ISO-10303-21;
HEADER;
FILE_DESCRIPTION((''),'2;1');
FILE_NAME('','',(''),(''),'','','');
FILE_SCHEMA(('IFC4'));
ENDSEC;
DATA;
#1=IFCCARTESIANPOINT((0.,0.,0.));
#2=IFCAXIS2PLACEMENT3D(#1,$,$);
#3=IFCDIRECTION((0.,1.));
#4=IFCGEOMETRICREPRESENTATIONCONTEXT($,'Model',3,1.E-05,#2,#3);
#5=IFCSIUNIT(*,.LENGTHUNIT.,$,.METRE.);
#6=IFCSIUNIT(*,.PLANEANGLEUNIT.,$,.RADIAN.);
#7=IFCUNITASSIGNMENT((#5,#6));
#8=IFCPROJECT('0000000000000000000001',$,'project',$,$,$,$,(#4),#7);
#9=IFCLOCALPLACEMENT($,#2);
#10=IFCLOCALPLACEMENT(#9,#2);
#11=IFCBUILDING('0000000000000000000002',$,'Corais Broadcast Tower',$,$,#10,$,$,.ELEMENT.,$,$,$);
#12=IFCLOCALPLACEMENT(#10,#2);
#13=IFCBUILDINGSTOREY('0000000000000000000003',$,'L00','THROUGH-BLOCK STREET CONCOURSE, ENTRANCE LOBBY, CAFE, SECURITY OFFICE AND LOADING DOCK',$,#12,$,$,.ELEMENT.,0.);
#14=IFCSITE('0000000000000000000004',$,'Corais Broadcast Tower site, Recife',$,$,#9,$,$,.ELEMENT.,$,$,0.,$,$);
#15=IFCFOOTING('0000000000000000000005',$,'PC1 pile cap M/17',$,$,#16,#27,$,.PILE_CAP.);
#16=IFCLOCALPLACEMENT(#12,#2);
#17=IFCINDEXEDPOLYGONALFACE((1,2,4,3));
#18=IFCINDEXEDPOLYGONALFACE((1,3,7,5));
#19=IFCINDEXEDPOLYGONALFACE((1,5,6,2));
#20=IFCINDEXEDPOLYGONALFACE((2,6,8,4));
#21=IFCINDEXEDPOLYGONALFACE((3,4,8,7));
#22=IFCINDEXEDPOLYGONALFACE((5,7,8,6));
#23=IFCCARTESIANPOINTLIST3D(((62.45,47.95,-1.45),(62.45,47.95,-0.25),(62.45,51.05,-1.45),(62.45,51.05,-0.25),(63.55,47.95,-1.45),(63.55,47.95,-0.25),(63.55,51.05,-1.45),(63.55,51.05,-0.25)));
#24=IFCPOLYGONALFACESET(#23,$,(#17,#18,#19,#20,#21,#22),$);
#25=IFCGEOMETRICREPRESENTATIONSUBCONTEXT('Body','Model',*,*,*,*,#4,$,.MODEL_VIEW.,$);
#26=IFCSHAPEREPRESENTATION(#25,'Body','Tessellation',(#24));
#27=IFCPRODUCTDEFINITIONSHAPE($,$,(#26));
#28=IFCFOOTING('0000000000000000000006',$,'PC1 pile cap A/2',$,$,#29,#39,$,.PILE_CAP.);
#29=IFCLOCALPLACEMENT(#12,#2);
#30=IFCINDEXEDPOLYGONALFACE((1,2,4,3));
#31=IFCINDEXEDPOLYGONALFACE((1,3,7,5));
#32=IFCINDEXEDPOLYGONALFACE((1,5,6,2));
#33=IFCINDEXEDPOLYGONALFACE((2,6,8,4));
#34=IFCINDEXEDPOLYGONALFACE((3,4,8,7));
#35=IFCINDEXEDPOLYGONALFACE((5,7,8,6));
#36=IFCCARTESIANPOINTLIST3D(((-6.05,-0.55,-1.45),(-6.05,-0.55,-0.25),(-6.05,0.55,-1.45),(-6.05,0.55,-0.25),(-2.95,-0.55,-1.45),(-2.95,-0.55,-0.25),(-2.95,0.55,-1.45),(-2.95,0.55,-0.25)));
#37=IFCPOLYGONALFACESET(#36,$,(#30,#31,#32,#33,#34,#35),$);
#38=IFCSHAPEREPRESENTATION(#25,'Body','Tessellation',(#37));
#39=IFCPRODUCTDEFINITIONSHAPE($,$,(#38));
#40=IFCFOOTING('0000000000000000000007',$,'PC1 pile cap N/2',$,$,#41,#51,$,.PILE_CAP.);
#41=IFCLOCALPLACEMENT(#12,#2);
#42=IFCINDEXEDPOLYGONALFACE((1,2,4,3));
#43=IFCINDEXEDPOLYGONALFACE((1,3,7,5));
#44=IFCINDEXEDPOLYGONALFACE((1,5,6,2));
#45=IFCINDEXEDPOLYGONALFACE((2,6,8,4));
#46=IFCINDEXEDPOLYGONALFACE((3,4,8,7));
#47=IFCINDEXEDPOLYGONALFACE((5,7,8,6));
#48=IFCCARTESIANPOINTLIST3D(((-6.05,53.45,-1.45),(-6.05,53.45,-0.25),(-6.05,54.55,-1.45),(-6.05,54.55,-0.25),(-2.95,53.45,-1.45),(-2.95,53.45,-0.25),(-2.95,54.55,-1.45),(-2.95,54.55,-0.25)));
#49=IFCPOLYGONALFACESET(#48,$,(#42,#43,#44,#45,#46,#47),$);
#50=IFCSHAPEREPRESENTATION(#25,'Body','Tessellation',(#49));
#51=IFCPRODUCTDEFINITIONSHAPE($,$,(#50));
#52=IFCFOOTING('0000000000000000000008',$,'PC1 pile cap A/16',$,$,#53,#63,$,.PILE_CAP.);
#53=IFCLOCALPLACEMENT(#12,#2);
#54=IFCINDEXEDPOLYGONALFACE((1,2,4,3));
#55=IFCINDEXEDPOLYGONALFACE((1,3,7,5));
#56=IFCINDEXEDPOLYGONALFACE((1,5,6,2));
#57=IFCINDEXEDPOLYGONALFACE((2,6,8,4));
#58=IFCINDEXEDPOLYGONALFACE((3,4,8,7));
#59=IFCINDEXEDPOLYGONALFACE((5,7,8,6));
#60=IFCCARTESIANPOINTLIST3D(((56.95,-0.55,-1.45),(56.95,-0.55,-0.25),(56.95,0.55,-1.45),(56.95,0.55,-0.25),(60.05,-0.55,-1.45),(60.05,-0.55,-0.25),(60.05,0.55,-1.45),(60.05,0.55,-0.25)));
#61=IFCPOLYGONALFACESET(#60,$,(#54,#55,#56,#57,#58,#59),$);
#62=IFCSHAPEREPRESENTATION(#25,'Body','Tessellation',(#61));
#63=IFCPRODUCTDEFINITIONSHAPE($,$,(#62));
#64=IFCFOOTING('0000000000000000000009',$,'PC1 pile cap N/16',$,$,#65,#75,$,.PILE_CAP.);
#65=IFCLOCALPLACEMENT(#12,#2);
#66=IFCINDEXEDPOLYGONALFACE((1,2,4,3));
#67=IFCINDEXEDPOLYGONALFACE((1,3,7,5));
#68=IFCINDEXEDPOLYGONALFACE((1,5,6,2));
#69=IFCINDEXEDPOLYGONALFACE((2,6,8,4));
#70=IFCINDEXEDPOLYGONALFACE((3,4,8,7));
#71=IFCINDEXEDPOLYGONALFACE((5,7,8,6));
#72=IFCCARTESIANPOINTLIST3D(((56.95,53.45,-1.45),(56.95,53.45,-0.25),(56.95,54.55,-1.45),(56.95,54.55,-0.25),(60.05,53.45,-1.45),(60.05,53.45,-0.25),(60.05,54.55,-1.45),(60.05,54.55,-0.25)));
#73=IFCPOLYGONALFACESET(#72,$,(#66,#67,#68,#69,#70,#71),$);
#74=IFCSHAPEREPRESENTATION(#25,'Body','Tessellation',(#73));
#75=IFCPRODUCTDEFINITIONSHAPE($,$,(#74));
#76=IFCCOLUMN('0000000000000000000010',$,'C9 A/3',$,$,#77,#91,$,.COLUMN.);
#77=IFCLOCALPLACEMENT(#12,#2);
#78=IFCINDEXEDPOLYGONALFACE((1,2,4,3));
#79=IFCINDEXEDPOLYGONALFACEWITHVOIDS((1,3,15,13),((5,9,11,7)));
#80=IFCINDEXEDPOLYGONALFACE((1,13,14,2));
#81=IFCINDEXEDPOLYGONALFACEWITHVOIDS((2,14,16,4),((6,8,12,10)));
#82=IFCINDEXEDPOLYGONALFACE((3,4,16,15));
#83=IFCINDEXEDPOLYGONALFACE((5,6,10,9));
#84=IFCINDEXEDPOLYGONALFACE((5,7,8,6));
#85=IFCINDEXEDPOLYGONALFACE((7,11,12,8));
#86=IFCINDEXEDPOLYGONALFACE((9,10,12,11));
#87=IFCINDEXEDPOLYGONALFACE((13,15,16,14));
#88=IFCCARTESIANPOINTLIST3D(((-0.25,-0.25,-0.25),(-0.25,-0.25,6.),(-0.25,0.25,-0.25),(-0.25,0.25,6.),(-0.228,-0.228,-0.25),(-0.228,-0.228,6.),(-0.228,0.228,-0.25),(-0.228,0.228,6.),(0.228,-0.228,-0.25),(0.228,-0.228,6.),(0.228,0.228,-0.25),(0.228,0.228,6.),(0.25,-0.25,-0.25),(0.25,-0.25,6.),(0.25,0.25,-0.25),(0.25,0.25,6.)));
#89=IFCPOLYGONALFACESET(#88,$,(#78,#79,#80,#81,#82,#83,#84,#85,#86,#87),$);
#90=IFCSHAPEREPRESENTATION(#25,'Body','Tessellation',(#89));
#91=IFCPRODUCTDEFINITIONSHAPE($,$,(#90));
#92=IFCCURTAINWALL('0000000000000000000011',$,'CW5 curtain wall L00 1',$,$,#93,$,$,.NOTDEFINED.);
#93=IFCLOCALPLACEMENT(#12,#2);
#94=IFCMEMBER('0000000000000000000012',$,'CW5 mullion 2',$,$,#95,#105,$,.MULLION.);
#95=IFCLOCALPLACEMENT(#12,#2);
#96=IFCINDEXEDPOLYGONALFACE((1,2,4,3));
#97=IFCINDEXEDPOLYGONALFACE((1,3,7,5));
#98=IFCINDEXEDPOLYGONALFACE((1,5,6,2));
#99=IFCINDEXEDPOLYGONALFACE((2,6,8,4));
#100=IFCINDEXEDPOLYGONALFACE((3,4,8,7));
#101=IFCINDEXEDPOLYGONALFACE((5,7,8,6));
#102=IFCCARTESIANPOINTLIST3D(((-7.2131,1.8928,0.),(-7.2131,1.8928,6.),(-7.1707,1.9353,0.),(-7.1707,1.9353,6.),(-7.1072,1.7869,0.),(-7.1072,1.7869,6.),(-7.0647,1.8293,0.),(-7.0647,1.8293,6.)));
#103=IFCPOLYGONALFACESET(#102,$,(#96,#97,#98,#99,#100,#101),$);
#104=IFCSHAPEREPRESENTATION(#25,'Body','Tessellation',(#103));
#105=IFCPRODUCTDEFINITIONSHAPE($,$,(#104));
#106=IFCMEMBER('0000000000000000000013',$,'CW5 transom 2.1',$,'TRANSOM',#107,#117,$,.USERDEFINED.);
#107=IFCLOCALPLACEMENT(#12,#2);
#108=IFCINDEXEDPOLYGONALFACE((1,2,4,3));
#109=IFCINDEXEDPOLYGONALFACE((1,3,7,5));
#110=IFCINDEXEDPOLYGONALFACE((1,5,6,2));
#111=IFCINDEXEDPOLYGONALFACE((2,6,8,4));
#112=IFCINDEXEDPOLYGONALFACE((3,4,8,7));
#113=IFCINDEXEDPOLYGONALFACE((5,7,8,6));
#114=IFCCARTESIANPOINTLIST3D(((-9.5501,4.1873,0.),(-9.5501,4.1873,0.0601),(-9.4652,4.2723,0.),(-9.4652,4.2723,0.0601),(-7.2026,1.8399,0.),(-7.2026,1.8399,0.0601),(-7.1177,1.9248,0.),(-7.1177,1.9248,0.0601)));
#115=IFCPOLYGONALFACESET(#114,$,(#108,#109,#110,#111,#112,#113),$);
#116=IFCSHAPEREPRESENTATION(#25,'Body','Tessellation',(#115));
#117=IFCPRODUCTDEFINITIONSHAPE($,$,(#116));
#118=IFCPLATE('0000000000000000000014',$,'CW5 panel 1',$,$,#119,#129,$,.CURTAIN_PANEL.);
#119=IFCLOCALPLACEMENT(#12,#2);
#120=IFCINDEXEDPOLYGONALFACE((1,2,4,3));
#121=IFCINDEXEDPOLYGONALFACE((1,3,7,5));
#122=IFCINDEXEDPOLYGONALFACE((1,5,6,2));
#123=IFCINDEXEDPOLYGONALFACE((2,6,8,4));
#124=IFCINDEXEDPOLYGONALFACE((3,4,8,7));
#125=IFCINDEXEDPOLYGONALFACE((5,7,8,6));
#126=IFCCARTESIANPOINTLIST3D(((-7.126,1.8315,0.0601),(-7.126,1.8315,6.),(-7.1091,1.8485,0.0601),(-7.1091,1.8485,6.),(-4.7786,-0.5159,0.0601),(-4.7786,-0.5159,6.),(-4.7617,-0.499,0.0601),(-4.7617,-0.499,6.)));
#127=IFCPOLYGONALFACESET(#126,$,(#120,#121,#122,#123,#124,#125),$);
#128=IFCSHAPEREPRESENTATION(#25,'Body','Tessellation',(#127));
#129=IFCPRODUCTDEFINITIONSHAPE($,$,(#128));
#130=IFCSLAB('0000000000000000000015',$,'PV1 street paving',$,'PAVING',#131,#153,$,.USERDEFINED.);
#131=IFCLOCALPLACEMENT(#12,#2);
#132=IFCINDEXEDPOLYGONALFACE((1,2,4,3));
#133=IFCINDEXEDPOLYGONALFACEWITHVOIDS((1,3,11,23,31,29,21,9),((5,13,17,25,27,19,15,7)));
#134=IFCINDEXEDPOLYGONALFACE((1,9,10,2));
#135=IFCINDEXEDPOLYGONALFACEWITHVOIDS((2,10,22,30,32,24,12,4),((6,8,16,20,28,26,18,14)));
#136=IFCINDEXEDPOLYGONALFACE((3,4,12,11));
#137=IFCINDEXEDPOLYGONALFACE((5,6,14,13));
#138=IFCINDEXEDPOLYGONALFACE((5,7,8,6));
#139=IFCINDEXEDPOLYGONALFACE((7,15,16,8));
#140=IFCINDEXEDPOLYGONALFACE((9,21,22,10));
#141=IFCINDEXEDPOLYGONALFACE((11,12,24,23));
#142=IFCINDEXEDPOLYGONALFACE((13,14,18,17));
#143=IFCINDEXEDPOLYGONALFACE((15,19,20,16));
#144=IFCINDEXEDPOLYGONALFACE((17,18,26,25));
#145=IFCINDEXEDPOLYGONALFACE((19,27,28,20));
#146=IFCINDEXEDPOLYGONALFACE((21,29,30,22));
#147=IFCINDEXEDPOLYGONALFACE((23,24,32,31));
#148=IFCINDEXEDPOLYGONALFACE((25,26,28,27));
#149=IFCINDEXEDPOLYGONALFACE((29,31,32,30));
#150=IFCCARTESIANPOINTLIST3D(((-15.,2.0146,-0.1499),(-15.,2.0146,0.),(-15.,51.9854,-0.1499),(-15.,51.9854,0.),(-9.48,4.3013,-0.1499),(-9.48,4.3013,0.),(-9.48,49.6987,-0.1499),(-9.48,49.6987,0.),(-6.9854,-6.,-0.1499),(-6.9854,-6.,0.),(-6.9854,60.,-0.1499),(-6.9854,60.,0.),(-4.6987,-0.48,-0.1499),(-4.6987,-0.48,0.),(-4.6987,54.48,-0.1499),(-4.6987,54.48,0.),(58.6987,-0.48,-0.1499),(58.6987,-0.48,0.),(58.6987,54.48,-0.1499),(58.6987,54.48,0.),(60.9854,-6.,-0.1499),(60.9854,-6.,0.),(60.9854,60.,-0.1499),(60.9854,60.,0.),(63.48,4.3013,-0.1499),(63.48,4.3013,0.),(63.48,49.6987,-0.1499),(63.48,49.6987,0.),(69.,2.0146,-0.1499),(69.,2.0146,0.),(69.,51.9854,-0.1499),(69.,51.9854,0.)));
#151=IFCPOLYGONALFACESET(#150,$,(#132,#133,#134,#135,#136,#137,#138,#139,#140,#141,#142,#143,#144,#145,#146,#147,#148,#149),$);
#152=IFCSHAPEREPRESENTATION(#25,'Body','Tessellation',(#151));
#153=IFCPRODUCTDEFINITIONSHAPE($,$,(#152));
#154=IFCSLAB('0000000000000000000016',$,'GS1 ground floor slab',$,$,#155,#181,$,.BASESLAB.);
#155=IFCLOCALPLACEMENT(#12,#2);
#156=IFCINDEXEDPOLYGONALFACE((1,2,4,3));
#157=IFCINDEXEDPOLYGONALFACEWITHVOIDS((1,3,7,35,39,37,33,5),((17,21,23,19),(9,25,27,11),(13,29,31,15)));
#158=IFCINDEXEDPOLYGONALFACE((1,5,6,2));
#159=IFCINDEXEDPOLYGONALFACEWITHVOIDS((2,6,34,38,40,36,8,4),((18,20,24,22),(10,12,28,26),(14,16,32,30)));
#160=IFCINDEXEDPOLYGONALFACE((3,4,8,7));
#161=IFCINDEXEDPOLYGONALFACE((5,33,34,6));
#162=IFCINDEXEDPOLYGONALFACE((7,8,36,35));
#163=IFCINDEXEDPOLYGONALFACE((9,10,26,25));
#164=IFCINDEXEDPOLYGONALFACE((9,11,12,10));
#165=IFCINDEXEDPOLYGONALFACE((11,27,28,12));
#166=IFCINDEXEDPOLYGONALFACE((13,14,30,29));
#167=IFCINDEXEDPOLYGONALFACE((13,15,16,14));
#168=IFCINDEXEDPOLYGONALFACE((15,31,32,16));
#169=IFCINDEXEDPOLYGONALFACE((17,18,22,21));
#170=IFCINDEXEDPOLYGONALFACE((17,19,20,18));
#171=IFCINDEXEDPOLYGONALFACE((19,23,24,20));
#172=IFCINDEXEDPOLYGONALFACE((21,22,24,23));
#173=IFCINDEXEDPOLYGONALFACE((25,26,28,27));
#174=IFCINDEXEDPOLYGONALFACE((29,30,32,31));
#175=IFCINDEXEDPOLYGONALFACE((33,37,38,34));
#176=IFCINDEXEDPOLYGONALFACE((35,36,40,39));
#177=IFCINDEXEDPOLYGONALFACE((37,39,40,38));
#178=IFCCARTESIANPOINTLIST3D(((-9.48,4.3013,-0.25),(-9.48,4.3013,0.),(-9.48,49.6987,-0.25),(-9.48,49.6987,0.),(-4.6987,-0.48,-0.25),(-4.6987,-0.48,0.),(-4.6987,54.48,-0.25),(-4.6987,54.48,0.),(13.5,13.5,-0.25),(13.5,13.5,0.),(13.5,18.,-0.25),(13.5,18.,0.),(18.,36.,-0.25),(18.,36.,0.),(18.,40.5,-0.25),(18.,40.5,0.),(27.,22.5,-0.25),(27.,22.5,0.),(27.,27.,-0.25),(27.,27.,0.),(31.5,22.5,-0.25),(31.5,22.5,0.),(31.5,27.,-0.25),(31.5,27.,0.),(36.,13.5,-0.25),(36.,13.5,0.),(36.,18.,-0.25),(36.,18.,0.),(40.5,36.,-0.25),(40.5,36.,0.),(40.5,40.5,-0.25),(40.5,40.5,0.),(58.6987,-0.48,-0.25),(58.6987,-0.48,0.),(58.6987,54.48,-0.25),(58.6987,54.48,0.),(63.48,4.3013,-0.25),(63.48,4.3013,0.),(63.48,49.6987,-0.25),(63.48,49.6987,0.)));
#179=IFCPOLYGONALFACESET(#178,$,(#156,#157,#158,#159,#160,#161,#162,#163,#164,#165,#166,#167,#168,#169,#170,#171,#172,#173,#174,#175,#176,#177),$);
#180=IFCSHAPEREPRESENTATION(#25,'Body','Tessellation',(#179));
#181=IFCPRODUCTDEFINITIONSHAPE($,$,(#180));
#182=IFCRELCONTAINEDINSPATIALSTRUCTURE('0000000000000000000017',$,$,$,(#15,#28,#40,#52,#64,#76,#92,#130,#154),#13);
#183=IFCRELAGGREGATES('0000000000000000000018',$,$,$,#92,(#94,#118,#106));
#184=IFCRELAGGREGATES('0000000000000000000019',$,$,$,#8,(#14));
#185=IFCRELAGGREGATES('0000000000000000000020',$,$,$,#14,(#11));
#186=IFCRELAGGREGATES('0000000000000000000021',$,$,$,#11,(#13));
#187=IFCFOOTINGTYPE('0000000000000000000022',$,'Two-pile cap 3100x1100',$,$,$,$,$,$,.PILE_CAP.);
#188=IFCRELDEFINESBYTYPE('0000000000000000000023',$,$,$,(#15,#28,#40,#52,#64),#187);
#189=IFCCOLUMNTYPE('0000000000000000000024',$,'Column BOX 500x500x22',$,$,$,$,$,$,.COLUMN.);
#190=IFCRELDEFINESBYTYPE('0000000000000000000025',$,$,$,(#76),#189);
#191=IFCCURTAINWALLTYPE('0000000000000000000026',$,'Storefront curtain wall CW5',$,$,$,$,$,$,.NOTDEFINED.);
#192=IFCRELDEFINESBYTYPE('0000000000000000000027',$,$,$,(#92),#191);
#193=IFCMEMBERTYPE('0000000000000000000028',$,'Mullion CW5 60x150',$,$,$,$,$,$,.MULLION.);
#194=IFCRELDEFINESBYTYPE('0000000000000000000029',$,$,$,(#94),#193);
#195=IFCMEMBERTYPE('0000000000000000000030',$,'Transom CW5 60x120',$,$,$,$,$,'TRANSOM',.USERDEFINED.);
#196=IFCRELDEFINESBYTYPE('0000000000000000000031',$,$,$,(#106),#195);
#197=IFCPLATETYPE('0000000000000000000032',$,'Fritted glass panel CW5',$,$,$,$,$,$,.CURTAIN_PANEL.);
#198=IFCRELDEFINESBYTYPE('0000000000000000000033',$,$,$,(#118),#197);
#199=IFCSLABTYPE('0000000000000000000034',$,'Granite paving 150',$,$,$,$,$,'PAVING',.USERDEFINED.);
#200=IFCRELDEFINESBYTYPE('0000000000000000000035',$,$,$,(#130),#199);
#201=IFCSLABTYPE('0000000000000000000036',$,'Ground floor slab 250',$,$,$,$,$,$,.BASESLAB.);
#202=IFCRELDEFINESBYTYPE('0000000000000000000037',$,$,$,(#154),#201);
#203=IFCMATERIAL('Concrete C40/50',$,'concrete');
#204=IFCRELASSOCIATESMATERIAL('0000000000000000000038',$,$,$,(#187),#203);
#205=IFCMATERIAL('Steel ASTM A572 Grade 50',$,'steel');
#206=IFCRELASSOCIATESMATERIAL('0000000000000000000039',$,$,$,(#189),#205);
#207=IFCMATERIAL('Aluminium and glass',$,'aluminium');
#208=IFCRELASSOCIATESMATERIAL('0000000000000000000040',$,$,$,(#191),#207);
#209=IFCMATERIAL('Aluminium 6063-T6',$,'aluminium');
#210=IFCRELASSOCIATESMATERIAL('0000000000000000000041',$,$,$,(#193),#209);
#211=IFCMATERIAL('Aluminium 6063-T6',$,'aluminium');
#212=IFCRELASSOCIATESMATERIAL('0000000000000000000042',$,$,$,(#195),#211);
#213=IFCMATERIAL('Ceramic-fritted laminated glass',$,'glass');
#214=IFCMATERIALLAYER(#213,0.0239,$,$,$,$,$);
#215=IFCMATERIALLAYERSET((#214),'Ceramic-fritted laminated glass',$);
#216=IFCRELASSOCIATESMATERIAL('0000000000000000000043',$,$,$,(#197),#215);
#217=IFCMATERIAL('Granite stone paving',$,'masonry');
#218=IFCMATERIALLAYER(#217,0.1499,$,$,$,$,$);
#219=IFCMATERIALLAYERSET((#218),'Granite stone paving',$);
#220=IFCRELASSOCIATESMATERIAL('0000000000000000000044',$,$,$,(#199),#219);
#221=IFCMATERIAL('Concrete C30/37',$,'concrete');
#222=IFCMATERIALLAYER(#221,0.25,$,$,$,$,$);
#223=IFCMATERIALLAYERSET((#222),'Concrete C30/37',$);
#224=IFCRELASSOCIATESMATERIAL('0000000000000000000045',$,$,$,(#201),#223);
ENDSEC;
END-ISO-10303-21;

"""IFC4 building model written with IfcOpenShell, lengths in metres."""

from ifc_helpers import new_model, si_unit, direction, frame, origin, origin_2d, place, context, subcontext, project, spatial, polyline, rectangle, hollow_rectangle, outline, extrude, material, layer, layer_set, material_profile, profile_set, type_object, element, aggregate, save


model = new_model("IFC4")

# Units and contexts
model_context = context("Model", 3, precision=1e-05, world=origin(), true_north=direction((0.0, 1.0)))
body_context = subcontext(model_context, "Body", "Model", "MODEL_VIEW")
ifc_project = project(units=[si_unit("LENGTHUNIT", "METRE"), si_unit("PLANEANGLEUNIT", "RADIAN")], contexts=[model_context])

# Site, building, storey
site_placement = place(None, origin())
site = spatial("IfcSite", under=ifc_project, at=site_placement, Name="Corais Broadcast Tower site, Recife", CompositionType="ELEMENT", RefElevation=0.0)
building_placement = place(site_placement, origin())
building = spatial("IfcBuilding", under=site, at=building_placement, Name="Corais Broadcast Tower", CompositionType="ELEMENT")
storey_placement = place(building_placement, origin())
storey = spatial("IfcBuildingStorey", under=building, at=storey_placement, Name="L00", Description="THROUGH-BLOCK STREET CONCOURSE, ENTRANCE LOBBY, CAFE, SECURITY OFFICE AND LOADING DOCK", CompositionType="ELEMENT", Elevation=0.0)

# Footings
ifc_material_1 = material(Name="Concrete C40/50", Category="concrete")
footing_type = type_object("IfcFootingType", Name="Two-pile cap 3100x1100", PredefinedType="PILE_CAP", material=ifc_material_1)
footing_1_placement = place(storey_placement, frame((0.0, 0.0, -1.45)))
element("IfcFooting", 1, at=footing_1_placement, inside=storey, type_object=footing_type, Name="PC1 pile cap M/17", PredefinedType="PILE_CAP", context=body_context, shape_type="SweptSolid", body=[
    extrude(outline(polyline([(62.45, 47.95), (63.55, 47.95), (63.55, 51.05), (62.45, 51.05), (62.45, 47.95)])), origin(), (0.0, 0.0, 1.0), 1.2),
])
footing_2_placement = place(storey_placement, frame((0.0, 0.0, -1.45)))
element("IfcFooting", 2, at=footing_2_placement, inside=storey, type_object=footing_type, Name="PC1 pile cap A/2", PredefinedType="PILE_CAP", context=body_context, shape_type="SweptSolid", body=[
    extrude(outline(polyline([(-6.05, -0.55), (-2.95, -0.55), (-2.95, 0.55), (-6.05, 0.55), (-6.05, -0.55)])), origin(), (0.0, 0.0, 1.0), 1.2),
])
footing_3_placement = place(storey_placement, frame((0.0, 0.0, -1.45)))
element("IfcFooting", 3, at=footing_3_placement, inside=storey, type_object=footing_type, Name="PC1 pile cap N/2", PredefinedType="PILE_CAP", context=body_context, shape_type="SweptSolid", body=[
    extrude(outline(polyline([(-6.05, 53.45), (-2.95, 53.45), (-2.95, 54.55), (-6.05, 54.55), (-6.05, 53.45)])), origin(), (0.0, 0.0, 1.0), 1.2),
])
footing_4_placement = place(storey_placement, frame((0.0, 0.0, -1.45)))
element("IfcFooting", 4, at=footing_4_placement, inside=storey, type_object=footing_type, Name="PC1 pile cap A/16", PredefinedType="PILE_CAP", context=body_context, shape_type="SweptSolid", body=[
    extrude(outline(polyline([(56.95, -0.55), (60.05, -0.55), (60.05, 0.55), (56.95, 0.55), (56.95, -0.55)])), origin(), (0.0, 0.0, 1.0), 1.2),
])
footing_5_placement = place(storey_placement, frame((0.0, 0.0, -1.45)))
element("IfcFooting", 5, at=footing_5_placement, inside=storey, type_object=footing_type, Name="PC1 pile cap N/16", PredefinedType="PILE_CAP", context=body_context, shape_type="SweptSolid", body=[
    extrude(outline(polyline([(56.95, 53.45), (60.05, 53.45), (60.05, 54.55), (56.95, 54.55), (56.95, 53.45)])), origin(), (0.0, 0.0, 1.0), 1.2),
])

# Column
ifc_material_2 = material(Name="Steel ASTM A572 Grade 50", Category="steel")
ifc_material_profile_1 = material_profile(ifc_material_2, hollow_rectangle(XDim=0.5, YDim=0.5, WallThickness=0.022, at=origin_2d()), Name="BOX 500x500x22")
ifc_profile_set_1 = profile_set([ifc_material_profile_1], Name="Steel ASTM A572 Grade 50")
column_type = type_object("IfcColumnType", Name="Column BOX 500x500x22", PredefinedType="COLUMN", material=ifc_profile_set_1)
column_placement = place(storey_placement, frame((0.0, 0.0, -0.25), z_axis=(0.0, 0.0, 1.0), x_axis=(1.0, 0.0, 0.0)))
element("IfcColumn", 6, at=column_placement, inside=storey, type_object=column_type, Name="C9 A/3", PredefinedType="COLUMN", context=body_context, shape_type="SweptSolid", body=[
    extrude(hollow_rectangle(XDim=0.5, YDim=0.5, WallThickness=0.022, at=origin_2d()), origin(), (0.0, 0.0, 1.0), 6.25),
])

# Curtain wall, members, plate
ifc_material_3 = material(Name="Aluminium and glass", Category="aluminium")
curtain_wall_type = type_object("IfcCurtainWallType", Name="Storefront curtain wall CW5", PredefinedType="NOTDEFINED", material=ifc_material_3)
curtain_wall_placement = place(storey_placement, origin())
curtain_wall = element("IfcCurtainWall", 7, at=curtain_wall_placement, inside=storey, type_object=curtain_wall_type, Name="CW5 curtain wall L00 1", PredefinedType="NOTDEFINED")
ifc_material_4 = material(Name="Aluminium 6063-T6", Category="aluminium")
ifc_material_profile_2 = material_profile(ifc_material_4, rectangle(XDim=0.0601, YDim=0.1499, at=origin_2d()), Name="Mullion CW5 60x150")
ifc_profile_set_2 = profile_set([ifc_material_profile_2], Name="Aluminium 6063-T6")
member_type_1 = type_object("IfcMemberType", Name="Mullion CW5 60x150", PredefinedType="MULLION", material=ifc_profile_set_2)
member_1_placement = place(storey_placement, frame((-7.1389, 1.8611, 0.0), z_axis=(0.0, 0.0, 1.0), x_axis=(-0.707107, -0.707107, 0.0)))
member_1 = element("IfcMember", 8, at=member_1_placement, type_object=member_type_1, Name="CW5 mullion 2", PredefinedType="MULLION", context=body_context, shape_type="SweptSolid", body=[
    extrude(rectangle(XDim=0.0601, YDim=0.1499, at=origin_2d()), origin(), (0.0, 0.0, 1.0), 6.0),
])
ifc_material_5 = material(Name="Aluminium 6063-T6", Category="aluminium")
ifc_material_profile_3 = material_profile(ifc_material_5, rectangle(XDim=0.1201, YDim=0.0601, at=origin_2d()), Name="Transom CW5 60x120")
ifc_profile_set_3 = profile_set([ifc_material_profile_3], Name="Aluminium 6063-T6")
member_type_2 = type_object("IfcMemberType", Name="Transom CW5 60x120", ElementType="TRANSOM", PredefinedType="USERDEFINED", material=ifc_profile_set_3)
member_2_placement = place(storey_placement, frame((-7.1602, 1.8823, 0.03), z_axis=(-0.707107, 0.707107, 0.0), x_axis=(-0.707107, -0.707107, 0.0)))
member_2 = element("IfcMember", 9, at=member_2_placement, type_object=member_type_2, Name="CW5 transom 2.1", ObjectType="TRANSOM", PredefinedType="USERDEFINED", context=body_context, shape_type="SweptSolid", body=[
    extrude(rectangle(XDim=0.1201, YDim=0.0601, at=origin_2d()), origin(), (0.0, 0.0, 1.0), 3.3198),
])
ifc_material_6 = material(Name="Ceramic-fritted laminated glass", Category="glass")
ifc_layer_1 = layer(ifc_material_6, 0.0239)
ifc_layer_set_1 = layer_set([ifc_layer_1], Name="Ceramic-fritted laminated glass")
plate_type = type_object("IfcPlateType", Name="Fritted glass panel CW5", PredefinedType="CURTAIN_PANEL", material=ifc_layer_set_1)
plate_placement = place(storey_placement, frame((-5.9438, 0.6663, 0.0601), z_axis=(0.0, 0.0, 1.0), x_axis=(-0.707107, 0.707107, 0.0)))
plate = element("IfcPlate", 10, at=plate_placement, type_object=plate_type, Name="CW5 panel 1", PredefinedType="CURTAIN_PANEL", context=body_context, shape_type="SweptSolid", body=[
    extrude(rectangle(XDim=3.3198, YDim=0.0239, at=origin_2d()), origin(), (0.0, 0.0, 1.0), 5.9399),
])
aggregate(curtain_wall, [member_1, plate, member_2])

# Slabs
ifc_material_7 = material(Name="Granite stone paving", Category="masonry")
ifc_layer_2 = layer(ifc_material_7, 0.1499)
ifc_layer_set_2 = layer_set([ifc_layer_2], Name="Granite stone paving")
slab_type_1 = type_object("IfcSlabType", Name="Granite paving 150", ElementType="PAVING", PredefinedType="USERDEFINED", material=ifc_layer_set_2)
slab_1_placement = place(storey_placement, frame((0.0, 0.0, -0.1499)))
element("IfcSlab", 11, at=slab_1_placement, inside=storey, type_object=slab_type_1, Name="PV1 street paving", ObjectType="PAVING", PredefinedType="USERDEFINED", context=body_context, shape_type="SweptSolid", body=[
    extrude(outline(polyline([(-6.9854, -6.0), (-15.0, 2.0146), (-15.0, 51.9854), (-6.9854, 60.0), (60.9854, 60.0), (69.0, 51.9854), (69.0, 2.0146), (60.9854, -6.0), (-6.9854, -6.0)]), holes=[polyline([(-4.6987, -0.48), (-9.48, 4.3013), (-9.48, 49.6987), (-4.6987, 54.48), (58.6987, 54.48), (63.48, 49.6987), (63.48, 4.3013), (58.6987, -0.48), (-4.6987, -0.48)])]), origin(), (0.0, 0.0, 1.0), 0.1499),
])
ifc_material_8 = material(Name="Concrete C30/37", Category="concrete")
ifc_layer_3 = layer(ifc_material_8, 0.25)
ifc_layer_set_3 = layer_set([ifc_layer_3], Name="Concrete C30/37")
slab_type_2 = type_object("IfcSlabType", Name="Ground floor slab 250", PredefinedType="BASESLAB", material=ifc_layer_set_3)
slab_2_placement = place(storey_placement, frame((0.0, 0.0, -0.25)))
element("IfcSlab", 12, at=slab_2_placement, inside=storey, type_object=slab_type_2, Name="GS1 ground floor slab", PredefinedType="BASESLAB", context=body_context, shape_type="SweptSolid", body=[
    extrude(outline(polyline([(-4.6987, -0.48), (-9.48, 4.3013), (-9.48, 49.6987), (-4.6987, 54.48), (58.6987, 54.48), (63.48, 49.6987), (63.48, 4.3013), (58.6987, -0.48), (-4.6987, -0.48)]), holes=[polyline([(13.5, 18.0), (36.0, 18.0), (36.0, 13.5), (13.5, 13.5), (13.5, 18.0)]), polyline([(40.5, 36.0), (18.0, 36.0), (18.0, 40.5), (40.5, 40.5), (40.5, 36.0)]), polyline([(27.0, 22.5), (27.0, 27.0), (31.5, 27.0), (31.5, 22.5), (27.0, 22.5)])]), origin(), (0.0, 0.0, 1.0), 0.25),
])

save(model, "model.ifc")
